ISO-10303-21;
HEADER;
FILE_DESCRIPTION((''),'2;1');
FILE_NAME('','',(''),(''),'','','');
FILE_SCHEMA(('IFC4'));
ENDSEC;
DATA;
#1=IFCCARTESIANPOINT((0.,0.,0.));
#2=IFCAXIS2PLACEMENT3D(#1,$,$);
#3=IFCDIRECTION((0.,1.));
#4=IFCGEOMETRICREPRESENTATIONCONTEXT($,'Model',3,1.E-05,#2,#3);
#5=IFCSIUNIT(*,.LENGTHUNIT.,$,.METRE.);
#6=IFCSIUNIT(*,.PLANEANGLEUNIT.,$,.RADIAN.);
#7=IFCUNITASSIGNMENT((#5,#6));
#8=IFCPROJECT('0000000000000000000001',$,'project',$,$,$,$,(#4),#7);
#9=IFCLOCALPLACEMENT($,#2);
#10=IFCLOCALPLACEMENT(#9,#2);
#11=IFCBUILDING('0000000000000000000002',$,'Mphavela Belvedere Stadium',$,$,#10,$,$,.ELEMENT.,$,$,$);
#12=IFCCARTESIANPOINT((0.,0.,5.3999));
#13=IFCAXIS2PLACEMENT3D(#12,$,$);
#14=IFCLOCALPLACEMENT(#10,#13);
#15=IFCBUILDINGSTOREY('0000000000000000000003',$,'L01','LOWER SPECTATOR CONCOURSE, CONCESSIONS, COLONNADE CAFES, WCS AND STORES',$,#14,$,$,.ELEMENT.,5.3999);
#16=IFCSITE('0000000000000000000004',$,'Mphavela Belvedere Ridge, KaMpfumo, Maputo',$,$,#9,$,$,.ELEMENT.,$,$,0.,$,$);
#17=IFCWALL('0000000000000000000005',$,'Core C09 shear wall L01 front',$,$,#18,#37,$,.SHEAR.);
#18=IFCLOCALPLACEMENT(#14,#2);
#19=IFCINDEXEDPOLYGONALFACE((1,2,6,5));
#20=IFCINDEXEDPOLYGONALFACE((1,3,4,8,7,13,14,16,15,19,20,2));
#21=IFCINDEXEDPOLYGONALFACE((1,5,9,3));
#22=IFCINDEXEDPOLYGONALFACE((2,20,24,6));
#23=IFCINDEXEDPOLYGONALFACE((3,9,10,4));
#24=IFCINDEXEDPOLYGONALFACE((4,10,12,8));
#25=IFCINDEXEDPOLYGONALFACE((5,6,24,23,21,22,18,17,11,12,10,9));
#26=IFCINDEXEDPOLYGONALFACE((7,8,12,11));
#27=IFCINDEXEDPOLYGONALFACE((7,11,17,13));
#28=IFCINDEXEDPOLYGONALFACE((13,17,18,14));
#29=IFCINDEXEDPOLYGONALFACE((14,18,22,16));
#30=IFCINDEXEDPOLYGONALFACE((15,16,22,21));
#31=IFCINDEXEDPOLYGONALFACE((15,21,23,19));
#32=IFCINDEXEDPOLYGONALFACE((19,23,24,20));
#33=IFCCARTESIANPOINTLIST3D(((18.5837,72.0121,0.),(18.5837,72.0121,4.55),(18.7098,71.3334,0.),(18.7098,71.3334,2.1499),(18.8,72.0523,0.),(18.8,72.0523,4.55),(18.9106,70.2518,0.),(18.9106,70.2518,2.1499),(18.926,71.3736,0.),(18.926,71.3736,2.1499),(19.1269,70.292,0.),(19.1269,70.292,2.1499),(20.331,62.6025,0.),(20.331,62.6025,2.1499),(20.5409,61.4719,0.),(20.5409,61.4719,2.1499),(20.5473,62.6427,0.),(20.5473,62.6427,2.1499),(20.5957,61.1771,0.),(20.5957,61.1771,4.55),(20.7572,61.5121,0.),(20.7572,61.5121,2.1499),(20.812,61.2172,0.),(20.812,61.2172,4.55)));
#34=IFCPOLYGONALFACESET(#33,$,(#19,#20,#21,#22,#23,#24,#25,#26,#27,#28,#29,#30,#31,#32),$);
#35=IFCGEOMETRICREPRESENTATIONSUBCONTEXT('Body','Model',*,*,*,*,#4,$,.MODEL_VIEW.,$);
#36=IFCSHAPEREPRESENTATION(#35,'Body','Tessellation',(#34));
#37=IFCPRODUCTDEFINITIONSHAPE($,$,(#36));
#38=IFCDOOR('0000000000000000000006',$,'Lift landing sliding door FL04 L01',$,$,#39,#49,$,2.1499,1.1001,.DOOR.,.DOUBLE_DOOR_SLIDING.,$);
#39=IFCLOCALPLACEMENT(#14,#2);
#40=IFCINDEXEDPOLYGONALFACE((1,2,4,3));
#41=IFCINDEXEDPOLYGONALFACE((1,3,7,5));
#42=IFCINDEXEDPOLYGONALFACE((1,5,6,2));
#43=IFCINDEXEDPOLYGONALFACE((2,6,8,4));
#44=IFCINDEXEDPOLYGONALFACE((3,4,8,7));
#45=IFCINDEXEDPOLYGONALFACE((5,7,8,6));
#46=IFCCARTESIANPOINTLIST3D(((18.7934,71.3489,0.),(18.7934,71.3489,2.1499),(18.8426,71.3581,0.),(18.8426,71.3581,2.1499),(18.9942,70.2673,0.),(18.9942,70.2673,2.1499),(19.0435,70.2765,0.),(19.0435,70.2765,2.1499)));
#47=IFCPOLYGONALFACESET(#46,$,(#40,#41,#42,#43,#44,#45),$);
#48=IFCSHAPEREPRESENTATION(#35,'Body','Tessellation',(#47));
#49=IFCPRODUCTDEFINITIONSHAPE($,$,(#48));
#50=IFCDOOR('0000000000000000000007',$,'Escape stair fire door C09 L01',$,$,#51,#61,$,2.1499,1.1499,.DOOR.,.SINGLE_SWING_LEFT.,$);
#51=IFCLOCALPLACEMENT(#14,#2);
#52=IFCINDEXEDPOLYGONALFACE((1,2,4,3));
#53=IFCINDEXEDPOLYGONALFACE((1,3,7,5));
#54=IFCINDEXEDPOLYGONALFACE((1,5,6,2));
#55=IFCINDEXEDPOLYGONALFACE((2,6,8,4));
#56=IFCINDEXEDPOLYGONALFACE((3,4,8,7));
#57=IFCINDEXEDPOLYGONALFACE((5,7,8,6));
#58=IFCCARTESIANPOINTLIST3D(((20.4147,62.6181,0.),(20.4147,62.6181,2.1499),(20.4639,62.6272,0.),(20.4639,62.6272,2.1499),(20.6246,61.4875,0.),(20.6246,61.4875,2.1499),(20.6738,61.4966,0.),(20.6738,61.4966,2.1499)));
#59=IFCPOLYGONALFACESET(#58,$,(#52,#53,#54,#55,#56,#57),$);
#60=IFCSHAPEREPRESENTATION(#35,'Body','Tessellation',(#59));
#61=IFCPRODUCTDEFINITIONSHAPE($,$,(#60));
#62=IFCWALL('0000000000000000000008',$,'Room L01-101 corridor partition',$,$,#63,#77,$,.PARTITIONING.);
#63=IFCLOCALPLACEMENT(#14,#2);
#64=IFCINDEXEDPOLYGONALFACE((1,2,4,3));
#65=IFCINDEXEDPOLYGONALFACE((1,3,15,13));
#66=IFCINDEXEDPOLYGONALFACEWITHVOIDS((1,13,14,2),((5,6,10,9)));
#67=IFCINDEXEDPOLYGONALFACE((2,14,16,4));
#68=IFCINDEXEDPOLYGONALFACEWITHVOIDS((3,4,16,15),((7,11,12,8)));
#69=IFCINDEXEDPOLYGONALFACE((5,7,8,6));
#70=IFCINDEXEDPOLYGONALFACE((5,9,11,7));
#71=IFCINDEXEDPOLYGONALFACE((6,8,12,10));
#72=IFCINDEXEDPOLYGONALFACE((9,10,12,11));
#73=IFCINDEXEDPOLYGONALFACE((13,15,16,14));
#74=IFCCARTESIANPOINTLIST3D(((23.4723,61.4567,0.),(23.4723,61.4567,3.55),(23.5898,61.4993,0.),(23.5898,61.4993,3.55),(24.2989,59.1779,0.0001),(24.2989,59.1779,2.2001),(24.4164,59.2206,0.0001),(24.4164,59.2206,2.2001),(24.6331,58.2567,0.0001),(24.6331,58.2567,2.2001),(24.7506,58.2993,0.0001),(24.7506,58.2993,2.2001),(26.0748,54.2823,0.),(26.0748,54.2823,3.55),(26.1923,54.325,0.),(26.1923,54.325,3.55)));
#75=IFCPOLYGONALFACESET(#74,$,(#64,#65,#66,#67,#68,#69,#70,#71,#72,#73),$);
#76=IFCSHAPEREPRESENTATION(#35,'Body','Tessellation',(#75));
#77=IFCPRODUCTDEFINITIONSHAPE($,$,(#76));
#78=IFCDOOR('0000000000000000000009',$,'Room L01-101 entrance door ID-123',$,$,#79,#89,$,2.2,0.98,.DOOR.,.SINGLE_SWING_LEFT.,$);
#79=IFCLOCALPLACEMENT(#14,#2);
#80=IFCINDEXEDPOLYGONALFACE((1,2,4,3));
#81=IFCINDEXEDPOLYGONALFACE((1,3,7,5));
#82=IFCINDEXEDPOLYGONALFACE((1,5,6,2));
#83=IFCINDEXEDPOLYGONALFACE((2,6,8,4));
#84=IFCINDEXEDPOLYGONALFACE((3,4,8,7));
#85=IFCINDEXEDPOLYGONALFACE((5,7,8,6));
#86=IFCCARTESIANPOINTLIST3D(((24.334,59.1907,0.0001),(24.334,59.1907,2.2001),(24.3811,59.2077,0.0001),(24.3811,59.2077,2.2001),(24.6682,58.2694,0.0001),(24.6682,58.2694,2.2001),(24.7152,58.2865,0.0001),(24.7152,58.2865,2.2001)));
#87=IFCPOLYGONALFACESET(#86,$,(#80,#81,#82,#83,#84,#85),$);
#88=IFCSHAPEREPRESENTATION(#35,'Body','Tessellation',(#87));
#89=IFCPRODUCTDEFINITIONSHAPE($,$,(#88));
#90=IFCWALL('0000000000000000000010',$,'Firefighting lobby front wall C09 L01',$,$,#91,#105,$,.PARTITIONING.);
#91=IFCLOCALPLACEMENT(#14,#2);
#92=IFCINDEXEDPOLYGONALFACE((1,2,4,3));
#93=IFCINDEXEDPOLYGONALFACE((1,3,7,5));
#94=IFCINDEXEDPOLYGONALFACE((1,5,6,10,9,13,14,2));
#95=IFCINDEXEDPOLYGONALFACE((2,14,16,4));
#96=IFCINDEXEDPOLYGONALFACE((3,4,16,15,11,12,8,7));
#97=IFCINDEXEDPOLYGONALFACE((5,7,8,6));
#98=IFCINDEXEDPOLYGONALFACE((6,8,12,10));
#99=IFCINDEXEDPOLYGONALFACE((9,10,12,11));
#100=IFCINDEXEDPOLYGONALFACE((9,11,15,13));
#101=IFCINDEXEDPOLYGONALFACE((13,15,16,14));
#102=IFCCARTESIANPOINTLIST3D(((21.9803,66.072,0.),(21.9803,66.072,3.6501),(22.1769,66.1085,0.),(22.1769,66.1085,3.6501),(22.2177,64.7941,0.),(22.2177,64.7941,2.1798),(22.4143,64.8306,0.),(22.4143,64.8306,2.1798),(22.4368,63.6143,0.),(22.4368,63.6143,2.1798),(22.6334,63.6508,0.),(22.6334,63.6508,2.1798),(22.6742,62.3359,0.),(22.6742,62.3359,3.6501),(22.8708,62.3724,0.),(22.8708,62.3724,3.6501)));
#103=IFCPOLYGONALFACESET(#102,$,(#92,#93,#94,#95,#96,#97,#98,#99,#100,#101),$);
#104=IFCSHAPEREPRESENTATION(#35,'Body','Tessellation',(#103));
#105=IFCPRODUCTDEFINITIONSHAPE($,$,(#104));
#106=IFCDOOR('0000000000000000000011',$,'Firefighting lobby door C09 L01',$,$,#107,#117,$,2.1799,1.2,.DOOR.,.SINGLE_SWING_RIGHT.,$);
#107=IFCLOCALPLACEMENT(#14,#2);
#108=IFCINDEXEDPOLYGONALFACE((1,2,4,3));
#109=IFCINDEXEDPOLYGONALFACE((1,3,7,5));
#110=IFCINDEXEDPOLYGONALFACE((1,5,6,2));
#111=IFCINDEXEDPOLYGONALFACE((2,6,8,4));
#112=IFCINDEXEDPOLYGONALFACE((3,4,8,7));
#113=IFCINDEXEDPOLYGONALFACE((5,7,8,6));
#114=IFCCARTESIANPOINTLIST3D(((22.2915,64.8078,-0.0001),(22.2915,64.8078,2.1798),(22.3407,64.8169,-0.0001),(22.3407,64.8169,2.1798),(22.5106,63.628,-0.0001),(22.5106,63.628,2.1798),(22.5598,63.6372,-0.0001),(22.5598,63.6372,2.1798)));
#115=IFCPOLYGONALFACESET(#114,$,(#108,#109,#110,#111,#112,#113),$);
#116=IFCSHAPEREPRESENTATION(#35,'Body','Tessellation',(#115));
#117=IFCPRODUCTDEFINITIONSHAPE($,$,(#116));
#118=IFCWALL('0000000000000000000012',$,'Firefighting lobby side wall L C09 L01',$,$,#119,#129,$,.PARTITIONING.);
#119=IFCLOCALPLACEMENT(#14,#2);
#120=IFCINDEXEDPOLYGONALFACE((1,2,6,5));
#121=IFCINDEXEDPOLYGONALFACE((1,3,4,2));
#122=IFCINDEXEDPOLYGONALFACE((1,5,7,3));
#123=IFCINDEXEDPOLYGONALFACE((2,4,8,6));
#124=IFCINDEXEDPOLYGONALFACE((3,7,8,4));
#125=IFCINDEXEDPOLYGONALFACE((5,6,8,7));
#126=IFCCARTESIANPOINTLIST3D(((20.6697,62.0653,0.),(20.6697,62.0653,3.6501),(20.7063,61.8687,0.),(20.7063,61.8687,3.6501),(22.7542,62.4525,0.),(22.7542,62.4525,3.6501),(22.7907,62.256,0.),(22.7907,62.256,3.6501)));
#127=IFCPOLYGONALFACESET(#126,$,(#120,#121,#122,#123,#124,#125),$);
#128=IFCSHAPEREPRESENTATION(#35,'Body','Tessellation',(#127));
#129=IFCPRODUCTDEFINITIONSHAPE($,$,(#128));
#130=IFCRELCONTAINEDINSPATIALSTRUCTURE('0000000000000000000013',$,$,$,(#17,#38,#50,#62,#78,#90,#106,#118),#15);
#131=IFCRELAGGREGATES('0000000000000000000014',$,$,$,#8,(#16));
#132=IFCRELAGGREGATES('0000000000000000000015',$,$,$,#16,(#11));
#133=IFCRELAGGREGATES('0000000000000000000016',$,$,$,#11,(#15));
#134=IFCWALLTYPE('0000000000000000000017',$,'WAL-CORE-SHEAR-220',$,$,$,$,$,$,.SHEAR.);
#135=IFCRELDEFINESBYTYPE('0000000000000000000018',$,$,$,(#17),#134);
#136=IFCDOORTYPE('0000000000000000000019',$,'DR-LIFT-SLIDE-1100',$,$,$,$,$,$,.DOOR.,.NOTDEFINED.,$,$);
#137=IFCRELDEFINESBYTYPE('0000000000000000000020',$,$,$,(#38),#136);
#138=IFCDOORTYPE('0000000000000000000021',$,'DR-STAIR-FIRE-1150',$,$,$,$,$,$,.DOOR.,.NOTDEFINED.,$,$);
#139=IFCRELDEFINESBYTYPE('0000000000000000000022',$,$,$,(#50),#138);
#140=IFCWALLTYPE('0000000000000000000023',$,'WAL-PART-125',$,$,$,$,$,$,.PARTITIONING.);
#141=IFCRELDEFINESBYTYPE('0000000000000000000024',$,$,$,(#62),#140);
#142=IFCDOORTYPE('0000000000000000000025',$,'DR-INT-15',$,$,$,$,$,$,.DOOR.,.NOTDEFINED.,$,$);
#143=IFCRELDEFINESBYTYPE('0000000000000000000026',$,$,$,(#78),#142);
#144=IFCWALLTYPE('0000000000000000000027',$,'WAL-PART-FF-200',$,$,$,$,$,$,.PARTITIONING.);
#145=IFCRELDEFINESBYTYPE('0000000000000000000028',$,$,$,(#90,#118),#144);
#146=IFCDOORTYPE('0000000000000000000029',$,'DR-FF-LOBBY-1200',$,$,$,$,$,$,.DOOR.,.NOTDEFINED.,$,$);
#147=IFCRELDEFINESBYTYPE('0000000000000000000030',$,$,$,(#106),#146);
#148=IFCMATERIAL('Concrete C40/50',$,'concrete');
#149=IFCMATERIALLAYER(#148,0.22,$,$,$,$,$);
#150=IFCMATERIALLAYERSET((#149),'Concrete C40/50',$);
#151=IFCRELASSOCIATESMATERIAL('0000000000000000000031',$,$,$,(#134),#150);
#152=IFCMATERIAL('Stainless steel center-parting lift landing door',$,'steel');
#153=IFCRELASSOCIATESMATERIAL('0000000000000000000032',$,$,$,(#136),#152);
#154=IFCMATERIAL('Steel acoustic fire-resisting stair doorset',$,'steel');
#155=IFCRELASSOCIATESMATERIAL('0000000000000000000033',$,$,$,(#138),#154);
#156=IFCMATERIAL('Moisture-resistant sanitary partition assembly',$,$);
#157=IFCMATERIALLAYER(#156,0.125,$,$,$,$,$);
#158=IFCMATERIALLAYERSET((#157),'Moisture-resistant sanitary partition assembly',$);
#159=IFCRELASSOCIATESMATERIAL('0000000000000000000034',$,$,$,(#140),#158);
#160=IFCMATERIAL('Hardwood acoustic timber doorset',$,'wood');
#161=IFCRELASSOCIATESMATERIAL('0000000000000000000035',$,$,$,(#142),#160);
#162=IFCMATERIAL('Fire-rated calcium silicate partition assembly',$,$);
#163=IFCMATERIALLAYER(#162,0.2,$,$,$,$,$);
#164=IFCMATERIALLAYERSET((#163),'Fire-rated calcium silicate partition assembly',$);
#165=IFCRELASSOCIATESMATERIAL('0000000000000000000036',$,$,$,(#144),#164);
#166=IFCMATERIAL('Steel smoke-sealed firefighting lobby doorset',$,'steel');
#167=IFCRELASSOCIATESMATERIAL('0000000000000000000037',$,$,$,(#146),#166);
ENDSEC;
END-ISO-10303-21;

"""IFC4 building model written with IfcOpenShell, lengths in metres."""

from ifc_helpers import new_model, si_unit, direction, frame, frame_2d, origin, place, context, subcontext, project, spatial, rectangle, extrude, material, layer, layer_set, type_object, element, fill, save


model = new_model("IFC4")

# Units and contexts
model_context = context("Model", 3, precision=1e-05, world=origin(), true_north=direction((0.0, 1.0)))
body_context = subcontext(model_context, "Body", "Model", "MODEL_VIEW")
ifc_project = project(units=[si_unit("LENGTHUNIT", "METRE"), si_unit("PLANEANGLEUNIT", "RADIAN")], contexts=[model_context])

# Site, building, storey
site_placement = place(None, origin())
site = spatial("IfcSite", under=ifc_project, at=site_placement, Name="Mphavela Belvedere Ridge, KaMpfumo, Maputo", CompositionType="ELEMENT", RefElevation=0.0)
building_placement = place(site_placement, origin())
building = spatial("IfcBuilding", under=site, at=building_placement, Name="Mphavela Belvedere Stadium", CompositionType="ELEMENT")
storey_placement = place(building_placement, frame((0.0, 0.0, 5.3999)))
storey = spatial("IfcBuildingStorey", under=building, at=storey_placement, Name="L01", Description="LOWER SPECTATOR CONCOURSE, CONCESSIONS, COLONNADE CAFES, WCS AND STORES", CompositionType="ELEMENT", Elevation=5.3999)

# Shared definitions
ifc_material_1 = material(Name="Concrete C40/50", Category="concrete")
ifc_layer_1 = layer(ifc_material_1, 0.22)
ifc_layer_set_1 = layer_set([ifc_layer_1], Name="Concrete C40/50")
wall_type_1 = type_object("IfcWallType", Name="WAL-CORE-SHEAR-220", PredefinedType="SHEAR", material=ifc_layer_set_1)

# Wall, openings, doors
wall_1_placement = place(storey_placement, frame((20.7039, 61.197, 0.0), z_axis=(0.0, 0.0, 1.0), x_axis=(-0.182571, 0.983193, 0.0)))
wall_1 = element("IfcWall", 1, at=wall_1_placement, inside=storey, type_object=wall_type_1, Name="Core C09 shear wall L01 front", PredefinedType="SHEAR", context=body_context, shape_type="SweptSolid", body=[
    extrude(rectangle(XDim=11.0203, YDim=0.22, at=frame_2d((5.5103, 0.0))), origin(), (0.0, 0.0, 1.0), 4.55),
])
opening_1_placement = place(wall_1_placement, frame((0.3, 0.0, 0.0)))
opening_1 = element("IfcOpeningElement", 2, at=opening_1_placement, cuts=wall_1, PredefinedType="OPENING", context=body_context, shape_type="SweptSolid", body=[
    extrude(rectangle(XDim=1.1499, YDim=2.1499, at=frame_2d((0.575, 1.075))), frame((0.0, 0.1201, 0.0), z_axis=(0.0, -1.0, 0.0), x_axis=(1.0, 0.0, 0.0)), (0.0, 0.0, 1.0), 0.24),
])
opening_2_placement = place(wall_1_placement, frame((9.23, 0.0, 0.0)))
opening_2 = element("IfcOpeningElement", 3, at=opening_2_placement, cuts=wall_1, PredefinedType="OPENING", context=body_context, shape_type="SweptSolid", body=[
    extrude(rectangle(XDim=1.1001, YDim=2.1499, at=frame_2d((0.55, 1.075))), frame((0.0, 0.1201, 0.0), z_axis=(0.0, -1.0, 0.0), x_axis=(1.0, 0.0, 0.0)), (0.0, 0.0, 1.0), 0.24),
])
ifc_material_2 = material(Name="Stainless steel center-parting lift landing door", Category="steel")
door_type_1 = type_object("IfcDoorType", Name="DR-LIFT-SLIDE-1100", OperationType="NOTDEFINED", PredefinedType="DOOR", material=ifc_material_2)
door_1_placement = place(opening_2_placement, origin())
door_1 = element("IfcDoor", 4, at=door_1_placement, inside=storey, type_object=door_type_1, Name="Lift landing sliding door FL04 L01", OperationType="DOUBLE_DOOR_SLIDING", OverallHeight=2.1499, OverallWidth=1.1001, PredefinedType="DOOR", context=body_context, shape_type="SweptSolid", body=[
    extrude(rectangle(XDim=1.1001, YDim=2.1499, at=frame_2d((0.55, 1.075))), frame((0.0, 0.0249, 0.0), z_axis=(0.0, -1.0, 0.0), x_axis=(1.0, 0.0, 0.0)), (0.0, 0.0, 1.0), 0.05),
])
fill(opening_2, door_1)
ifc_material_3 = material(Name="Steel acoustic fire-resisting stair doorset", Category="steel")
door_type_2 = type_object("IfcDoorType", Name="DR-STAIR-FIRE-1150", OperationType="NOTDEFINED", PredefinedType="DOOR", material=ifc_material_3)
door_2_placement = place(opening_1_placement, origin())
door_2 = element("IfcDoor", 5, at=door_2_placement, inside=storey, type_object=door_type_2, Name="Escape stair fire door C09 L01", OperationType="SINGLE_SWING_LEFT", OverallHeight=2.1499, OverallWidth=1.1499, PredefinedType="DOOR", context=body_context, shape_type="SweptSolid", body=[
    extrude(rectangle(XDim=1.1499, YDim=2.1499, at=frame_2d((0.575, 1.075))), frame((0.0, 0.0249, 0.0), z_axis=(0.0, -1.0, 0.0), x_axis=(1.0, 0.0, 0.0)), (0.0, 0.0, 1.0), 0.05),
])
fill(opening_1, door_2)

# Walls, openings, doors
ifc_material_4 = material(Name="Moisture-resistant sanitary partition assembly")
ifc_layer_2 = layer(ifc_material_4, 0.125)
ifc_layer_set_2 = layer_set([ifc_layer_2], Name="Moisture-resistant sanitary partition assembly")
wall_type_2 = type_object("IfcWallType", Name="WAL-PART-125", PredefinedType="PARTITIONING", material=ifc_layer_set_2)
wall_2_placement = place(storey_placement, frame((23.531, 61.478, 0.0), z_axis=(0.0, 0.0, 1.0), x_axis=(0.341013, -0.940058, 0.0)))
wall_2 = element("IfcWall", 6, at=wall_2_placement, inside=storey, type_object=wall_type_2, Name="Room L01-101 corridor partition", PredefinedType="PARTITIONING", context=body_context, shape_type="SweptSolid", body=[
    extrude(rectangle(XDim=7.6318, YDim=0.125, at=frame_2d((3.8159, 0.0))), origin(), (0.0, 0.0, 1.0), 3.55),
])
opening_3_placement = place(wall_2_placement, frame((2.4241, 0.0, 0.0)))
opening_3 = element("IfcOpeningElement", 7, at=opening_3_placement, cuts=wall_2, PredefinedType="OPENING", context=body_context, shape_type="SweptSolid", body=[
    extrude(rectangle(XDim=0.98, YDim=2.2, at=frame_2d((0.49, 1.1001))), frame((0.0, 0.0725, 0.0), z_axis=(0.0, -1.0, 0.0), x_axis=(1.0, 0.0, 0.0)), (0.0, 0.0, 1.0), 0.145),
])
ifc_material_5 = material(Name="Hardwood acoustic timber doorset", Category="wood")
door_type_3 = type_object("IfcDoorType", Name="DR-INT-15", OperationType="NOTDEFINED", PredefinedType="DOOR", material=ifc_material_5)
door_3_placement = place(opening_3_placement, origin())
door_3 = element("IfcDoor", 8, at=door_3_placement, inside=storey, type_object=door_type_3, Name="Room L01-101 entrance door ID-123", OperationType="SINGLE_SWING_LEFT", OverallHeight=2.2, OverallWidth=0.98, PredefinedType="DOOR", context=body_context, shape_type="SweptSolid", body=[
    extrude(rectangle(XDim=0.98, YDim=2.2, at=frame_2d((0.49, 1.1001))), frame((0.0, 0.0249, 0.0), z_axis=(0.0, -1.0, 0.0), x_axis=(1.0, 0.0, 0.0)), (0.0, 0.0, 1.0), 0.05),
])
fill(opening_3, door_3)
ifc_material_6 = material(Name="Fire-rated calcium silicate partition assembly")
ifc_layer_3 = layer(ifc_material_6, 0.2)
ifc_layer_set_3 = layer_set([ifc_layer_3], Name="Fire-rated calcium silicate partition assembly")
wall_type_3 = type_object("IfcWallType", Name="WAL-PART-FF-200", PredefinedType="PARTITIONING", material=ifc_layer_set_3)
wall_3_placement = place(storey_placement, frame((22.7725, 62.3542, 0.0), z_axis=(0.0, 0.0, 1.0), x_axis=(-0.182593, 0.983189, 0.0)))
wall_3 = element("IfcWall", 9, at=wall_3_placement, inside=storey, type_object=wall_type_3, Name="Firefighting lobby front wall C09 L01", PredefinedType="PARTITIONING", context=body_context, shape_type="SweptSolid", body=[
    extrude(rectangle(XDim=3.8, YDim=0.2, at=frame_2d((1.8999, 0.0))), origin(), (0.0, 0.0, 1.0), 3.6501),
])
opening_4_placement = place(wall_3_placement, frame((1.3, 0.0, 0.0)))
opening_4 = element("IfcOpeningElement", 10, at=opening_4_placement, cuts=wall_3, PredefinedType="OPENING", context=body_context, shape_type="SweptSolid", body=[
    extrude(rectangle(XDim=1.2, YDim=2.1799, at=frame_2d((0.6001, 1.0898))), frame((0.0, 0.1099, 0.0), z_axis=(0.0, -1.0, 0.0), x_axis=(1.0, 0.0, 0.0)), (0.0, 0.0, 1.0), 0.22),
])
ifc_material_7 = material(Name="Steel smoke-sealed firefighting lobby doorset", Category="steel")
door_type_4 = type_object("IfcDoorType", Name="DR-FF-LOBBY-1200", OperationType="NOTDEFINED", PredefinedType="DOOR", material=ifc_material_7)
door_4_placement = place(opening_4_placement, origin())
door_4 = element("IfcDoor", 11, at=door_4_placement, inside=storey, type_object=door_type_4, Name="Firefighting lobby door C09 L01", OperationType="SINGLE_SWING_RIGHT", OverallHeight=2.1799, OverallWidth=1.2, PredefinedType="DOOR", context=body_context, shape_type="SweptSolid", body=[
    extrude(rectangle(XDim=1.2, YDim=2.1799, at=frame_2d((0.6001, 1.0898))), frame((0.0, 0.0249, 0.0), z_axis=(0.0, -1.0, 0.0), x_axis=(1.0, 0.0, 0.0)), (0.0, 0.0, 1.0), 0.05),
])
fill(opening_4, door_4)

# Wall
wall_4_placement = place(storey_placement, frame((22.7725, 62.3542, 0.0), z_axis=(0.0, 0.0, 1.0), x_axis=(-0.983181, -0.182634, 0.0)))
element("IfcWall", 12, at=wall_4_placement, inside=storey, type_object=wall_type_3, Name="Firefighting lobby side wall L C09 L01", PredefinedType="PARTITIONING", context=body_context, shape_type="SweptSolid", body=[
    extrude(rectangle(XDim=2.1201, YDim=0.2, at=frame_2d((1.0601, 0.0))), origin(), (0.0, 0.0, 1.0), 3.6501),
])

save(model, "model.ifc")
